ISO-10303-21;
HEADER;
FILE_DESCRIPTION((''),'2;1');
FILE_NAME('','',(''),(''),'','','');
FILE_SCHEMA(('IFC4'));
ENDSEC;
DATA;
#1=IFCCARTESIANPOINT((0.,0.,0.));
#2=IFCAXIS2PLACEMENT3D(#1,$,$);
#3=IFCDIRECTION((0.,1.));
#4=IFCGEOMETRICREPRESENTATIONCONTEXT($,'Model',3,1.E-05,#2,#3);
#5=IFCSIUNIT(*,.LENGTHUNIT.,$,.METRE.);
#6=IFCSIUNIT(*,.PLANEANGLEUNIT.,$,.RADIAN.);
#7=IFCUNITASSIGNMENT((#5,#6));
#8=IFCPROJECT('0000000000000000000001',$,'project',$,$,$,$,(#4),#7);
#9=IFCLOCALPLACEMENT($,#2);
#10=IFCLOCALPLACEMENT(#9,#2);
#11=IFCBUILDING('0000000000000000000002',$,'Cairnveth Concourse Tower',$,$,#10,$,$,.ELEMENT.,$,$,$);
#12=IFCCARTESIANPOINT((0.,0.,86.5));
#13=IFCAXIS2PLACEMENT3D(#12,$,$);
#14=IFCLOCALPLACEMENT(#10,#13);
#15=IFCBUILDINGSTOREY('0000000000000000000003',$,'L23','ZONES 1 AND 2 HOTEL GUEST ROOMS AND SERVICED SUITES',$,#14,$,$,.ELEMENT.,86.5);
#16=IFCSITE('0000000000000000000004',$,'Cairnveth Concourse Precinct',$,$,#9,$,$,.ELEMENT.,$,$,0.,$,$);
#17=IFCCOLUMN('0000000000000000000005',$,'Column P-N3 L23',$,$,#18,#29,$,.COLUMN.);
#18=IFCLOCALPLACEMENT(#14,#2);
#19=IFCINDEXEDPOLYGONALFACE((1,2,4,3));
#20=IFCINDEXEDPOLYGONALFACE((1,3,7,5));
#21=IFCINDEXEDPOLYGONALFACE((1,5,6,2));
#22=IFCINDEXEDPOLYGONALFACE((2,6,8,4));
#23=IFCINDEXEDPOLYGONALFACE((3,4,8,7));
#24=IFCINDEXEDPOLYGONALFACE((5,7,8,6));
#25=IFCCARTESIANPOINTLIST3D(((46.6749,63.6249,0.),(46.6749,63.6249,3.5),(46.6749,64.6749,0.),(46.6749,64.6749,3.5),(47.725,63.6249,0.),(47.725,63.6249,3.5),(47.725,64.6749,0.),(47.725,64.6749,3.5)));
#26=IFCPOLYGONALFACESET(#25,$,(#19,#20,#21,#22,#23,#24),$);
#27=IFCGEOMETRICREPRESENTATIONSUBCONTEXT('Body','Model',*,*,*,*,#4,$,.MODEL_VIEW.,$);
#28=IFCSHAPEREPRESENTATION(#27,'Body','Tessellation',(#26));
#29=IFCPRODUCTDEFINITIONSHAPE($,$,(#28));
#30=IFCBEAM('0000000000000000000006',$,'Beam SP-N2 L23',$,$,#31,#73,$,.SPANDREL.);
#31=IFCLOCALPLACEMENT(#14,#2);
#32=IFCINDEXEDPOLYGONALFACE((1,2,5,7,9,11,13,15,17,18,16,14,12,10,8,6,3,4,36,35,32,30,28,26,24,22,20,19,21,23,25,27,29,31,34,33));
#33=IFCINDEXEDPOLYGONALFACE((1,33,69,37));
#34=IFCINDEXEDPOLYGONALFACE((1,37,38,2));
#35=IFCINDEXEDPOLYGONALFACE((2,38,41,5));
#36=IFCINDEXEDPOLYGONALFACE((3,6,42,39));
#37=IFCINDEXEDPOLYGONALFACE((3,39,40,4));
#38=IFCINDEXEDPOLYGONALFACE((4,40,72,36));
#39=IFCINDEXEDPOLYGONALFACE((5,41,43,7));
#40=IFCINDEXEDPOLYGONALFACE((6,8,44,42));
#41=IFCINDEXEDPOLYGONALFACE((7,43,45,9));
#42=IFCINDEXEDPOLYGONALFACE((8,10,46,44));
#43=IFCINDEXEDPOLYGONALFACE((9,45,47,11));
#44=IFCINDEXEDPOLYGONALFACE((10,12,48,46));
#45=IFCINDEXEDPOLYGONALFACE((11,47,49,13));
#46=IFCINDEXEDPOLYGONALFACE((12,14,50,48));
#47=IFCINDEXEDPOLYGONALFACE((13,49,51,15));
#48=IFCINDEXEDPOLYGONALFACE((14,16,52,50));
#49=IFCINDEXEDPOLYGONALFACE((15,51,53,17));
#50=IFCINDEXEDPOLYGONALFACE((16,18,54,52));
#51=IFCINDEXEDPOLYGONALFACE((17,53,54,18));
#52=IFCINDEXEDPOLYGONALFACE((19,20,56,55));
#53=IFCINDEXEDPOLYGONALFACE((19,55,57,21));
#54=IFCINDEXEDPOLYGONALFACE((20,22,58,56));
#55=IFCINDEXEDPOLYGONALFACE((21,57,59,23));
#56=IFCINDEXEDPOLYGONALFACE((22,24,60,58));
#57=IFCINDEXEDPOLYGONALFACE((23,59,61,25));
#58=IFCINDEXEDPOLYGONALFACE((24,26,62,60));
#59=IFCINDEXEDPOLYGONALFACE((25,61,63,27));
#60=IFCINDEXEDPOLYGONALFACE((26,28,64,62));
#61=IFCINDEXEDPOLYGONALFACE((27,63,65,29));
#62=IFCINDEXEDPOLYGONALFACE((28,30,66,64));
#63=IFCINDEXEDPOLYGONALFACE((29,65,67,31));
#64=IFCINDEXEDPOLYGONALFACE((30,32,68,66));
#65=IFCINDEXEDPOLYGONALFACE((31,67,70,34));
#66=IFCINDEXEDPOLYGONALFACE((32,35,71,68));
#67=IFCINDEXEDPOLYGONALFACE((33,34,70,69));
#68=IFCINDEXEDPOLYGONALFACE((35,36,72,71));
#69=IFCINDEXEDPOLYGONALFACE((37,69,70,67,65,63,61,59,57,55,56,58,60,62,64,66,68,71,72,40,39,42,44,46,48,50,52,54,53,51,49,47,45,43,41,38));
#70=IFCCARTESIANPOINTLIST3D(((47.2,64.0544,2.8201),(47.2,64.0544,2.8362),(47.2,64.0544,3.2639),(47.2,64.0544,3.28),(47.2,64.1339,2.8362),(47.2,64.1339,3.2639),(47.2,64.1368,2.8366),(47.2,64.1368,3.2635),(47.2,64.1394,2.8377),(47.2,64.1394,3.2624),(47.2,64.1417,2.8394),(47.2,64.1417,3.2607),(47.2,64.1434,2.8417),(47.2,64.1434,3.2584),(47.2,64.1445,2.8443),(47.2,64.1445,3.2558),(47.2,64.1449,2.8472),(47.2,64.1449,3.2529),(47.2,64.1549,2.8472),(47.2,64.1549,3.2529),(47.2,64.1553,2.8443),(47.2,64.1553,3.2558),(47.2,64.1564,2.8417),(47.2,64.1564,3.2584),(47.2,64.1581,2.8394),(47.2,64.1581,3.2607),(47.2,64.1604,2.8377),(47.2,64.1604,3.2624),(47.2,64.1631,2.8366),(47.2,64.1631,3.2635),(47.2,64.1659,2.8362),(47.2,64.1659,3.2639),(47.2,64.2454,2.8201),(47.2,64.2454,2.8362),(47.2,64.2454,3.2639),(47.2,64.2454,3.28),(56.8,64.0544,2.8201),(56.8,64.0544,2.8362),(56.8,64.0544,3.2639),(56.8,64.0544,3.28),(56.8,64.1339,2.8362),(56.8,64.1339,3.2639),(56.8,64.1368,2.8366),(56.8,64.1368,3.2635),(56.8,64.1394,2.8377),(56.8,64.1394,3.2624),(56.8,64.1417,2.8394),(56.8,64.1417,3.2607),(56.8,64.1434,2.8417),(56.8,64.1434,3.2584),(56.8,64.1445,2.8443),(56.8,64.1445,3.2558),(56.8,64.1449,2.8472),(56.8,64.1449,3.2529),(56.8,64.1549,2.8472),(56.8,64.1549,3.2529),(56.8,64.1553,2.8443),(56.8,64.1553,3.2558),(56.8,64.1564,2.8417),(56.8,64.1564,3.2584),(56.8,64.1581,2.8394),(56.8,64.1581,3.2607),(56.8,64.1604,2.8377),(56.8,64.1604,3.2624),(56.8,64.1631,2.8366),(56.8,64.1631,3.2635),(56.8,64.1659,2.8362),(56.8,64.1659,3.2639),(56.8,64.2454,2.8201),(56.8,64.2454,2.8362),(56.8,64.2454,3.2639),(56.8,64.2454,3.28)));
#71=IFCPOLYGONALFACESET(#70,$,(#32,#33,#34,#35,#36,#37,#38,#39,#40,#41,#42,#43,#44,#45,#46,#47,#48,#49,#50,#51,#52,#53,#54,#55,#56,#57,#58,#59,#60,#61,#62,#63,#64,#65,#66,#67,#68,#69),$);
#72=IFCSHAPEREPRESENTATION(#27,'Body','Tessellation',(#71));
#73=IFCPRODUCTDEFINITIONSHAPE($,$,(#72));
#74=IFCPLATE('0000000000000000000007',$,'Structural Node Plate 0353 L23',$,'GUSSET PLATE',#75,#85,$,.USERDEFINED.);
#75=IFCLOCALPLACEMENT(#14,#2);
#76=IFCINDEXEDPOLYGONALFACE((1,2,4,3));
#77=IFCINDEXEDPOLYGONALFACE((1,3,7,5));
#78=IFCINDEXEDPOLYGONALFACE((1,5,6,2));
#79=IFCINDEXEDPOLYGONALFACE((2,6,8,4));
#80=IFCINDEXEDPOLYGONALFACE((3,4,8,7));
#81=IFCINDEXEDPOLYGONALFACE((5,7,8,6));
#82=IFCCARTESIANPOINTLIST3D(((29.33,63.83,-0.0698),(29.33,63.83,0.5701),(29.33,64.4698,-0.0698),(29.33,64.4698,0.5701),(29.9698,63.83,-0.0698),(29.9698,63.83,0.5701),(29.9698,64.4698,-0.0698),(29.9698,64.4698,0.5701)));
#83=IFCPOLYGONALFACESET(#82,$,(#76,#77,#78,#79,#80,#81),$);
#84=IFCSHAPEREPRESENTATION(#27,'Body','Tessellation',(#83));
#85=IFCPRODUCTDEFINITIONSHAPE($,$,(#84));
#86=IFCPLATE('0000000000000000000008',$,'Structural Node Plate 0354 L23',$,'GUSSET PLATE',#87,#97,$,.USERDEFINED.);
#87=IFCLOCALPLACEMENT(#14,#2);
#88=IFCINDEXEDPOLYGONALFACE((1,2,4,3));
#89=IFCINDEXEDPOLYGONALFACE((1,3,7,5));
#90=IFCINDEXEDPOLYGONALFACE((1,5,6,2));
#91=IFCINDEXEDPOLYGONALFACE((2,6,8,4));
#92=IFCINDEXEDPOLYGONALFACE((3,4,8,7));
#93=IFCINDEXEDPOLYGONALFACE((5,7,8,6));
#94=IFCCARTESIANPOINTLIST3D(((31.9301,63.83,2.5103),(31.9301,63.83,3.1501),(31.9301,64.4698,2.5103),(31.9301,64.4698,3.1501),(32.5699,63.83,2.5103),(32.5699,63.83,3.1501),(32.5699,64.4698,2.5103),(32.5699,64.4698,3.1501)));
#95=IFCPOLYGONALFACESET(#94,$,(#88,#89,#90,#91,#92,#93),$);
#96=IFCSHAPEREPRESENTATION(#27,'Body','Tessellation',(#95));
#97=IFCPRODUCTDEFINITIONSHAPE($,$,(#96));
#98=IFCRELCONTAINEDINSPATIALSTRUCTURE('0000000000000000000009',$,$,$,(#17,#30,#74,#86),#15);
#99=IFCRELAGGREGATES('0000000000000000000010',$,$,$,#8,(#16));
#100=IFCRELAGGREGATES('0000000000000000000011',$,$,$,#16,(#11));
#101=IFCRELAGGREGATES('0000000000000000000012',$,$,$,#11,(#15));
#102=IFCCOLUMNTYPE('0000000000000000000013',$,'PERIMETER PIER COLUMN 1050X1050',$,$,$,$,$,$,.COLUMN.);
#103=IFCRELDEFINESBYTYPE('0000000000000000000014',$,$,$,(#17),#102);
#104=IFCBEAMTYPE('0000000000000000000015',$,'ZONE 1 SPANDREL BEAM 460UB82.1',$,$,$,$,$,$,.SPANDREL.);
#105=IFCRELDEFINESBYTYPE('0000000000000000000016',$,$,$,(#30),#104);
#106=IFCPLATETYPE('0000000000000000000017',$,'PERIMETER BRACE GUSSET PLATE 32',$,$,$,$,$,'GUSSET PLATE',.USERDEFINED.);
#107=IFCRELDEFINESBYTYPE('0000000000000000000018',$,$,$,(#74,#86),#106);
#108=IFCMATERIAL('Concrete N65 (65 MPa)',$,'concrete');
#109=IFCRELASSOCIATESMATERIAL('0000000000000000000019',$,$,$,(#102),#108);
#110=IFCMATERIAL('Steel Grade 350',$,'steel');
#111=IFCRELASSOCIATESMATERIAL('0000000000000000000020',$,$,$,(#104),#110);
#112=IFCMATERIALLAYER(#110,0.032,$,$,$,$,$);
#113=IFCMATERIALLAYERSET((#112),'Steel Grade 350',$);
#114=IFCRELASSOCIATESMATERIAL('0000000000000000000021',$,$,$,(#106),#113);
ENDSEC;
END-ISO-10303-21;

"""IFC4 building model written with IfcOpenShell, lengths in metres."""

from ifc_helpers import new_model, si_unit, direction, frame, origin, origin_2d, place, context, subcontext, project, spatial, rectangle, i_section, extrude, material, layer, layer_set, material_profile, profile_set, type_object, element, save


model = new_model("IFC4")

# Units and contexts
model_context = context("Model", 3, precision=1e-05, world=origin(), true_north=direction((0.0, 1.0)))
body_context = subcontext(model_context, "Body", "Model", "MODEL_VIEW")
ifc_project = project(units=[si_unit("LENGTHUNIT", "METRE"), si_unit("PLANEANGLEUNIT", "RADIAN")], contexts=[model_context])

# Site, building, storey
site_placement = place(None, origin())
site = spatial("IfcSite", under=ifc_project, at=site_placement, Name="Cairnveth Concourse Precinct", CompositionType="ELEMENT", RefElevation=0.0)
building_placement = place(site_placement, origin())
building = spatial("IfcBuilding", under=site, at=building_placement, Name="Cairnveth Concourse Tower", CompositionType="ELEMENT")
storey_placement = place(building_placement, frame((0.0, 0.0, 86.5)))
storey = spatial("IfcBuildingStorey", under=building, at=storey_placement, Name="L23", Description="ZONES 1 AND 2 HOTEL GUEST ROOMS AND SERVICED SUITES", CompositionType="ELEMENT", Elevation=86.5)

# Column
ifc_material_1 = material(Name="Concrete N65 (65 MPa)", Category="concrete")
ifc_material_profile_1 = material_profile(ifc_material_1, rectangle(XDim=1.05, YDim=1.05, at=origin_2d()), Name="RC-COL-1050x1050")
ifc_profile_set_1 = profile_set([ifc_material_profile_1], Name="Concrete N65 (65 MPa)")
column_type = type_object("IfcColumnType", Name="PERIMETER PIER COLUMN 1050X1050", PredefinedType="COLUMN", material=ifc_profile_set_1)
column_placement = place(storey_placement, frame((47.2, 64.1499, 0.0), z_axis=(0.0, 0.0, 1.0), x_axis=(1.0, 0.0, 0.0)))
element("IfcColumn", 1, at=column_placement, inside=storey, type_object=column_type, Name="Column P-N3 L23", PredefinedType="COLUMN", context=body_context, shape_type="SweptSolid", body=[
    extrude(rectangle(XDim=1.05, YDim=1.05, at=origin_2d()), origin(), (0.0, 0.0, 1.0), 3.5),
])

# Beam
ifc_material_2 = material(Name="Steel Grade 350", Category="steel")
ifc_material_profile_2 = material_profile(ifc_material_2, i_section(OverallWidth=0.1909, OverallDepth=0.46, WebThickness=0.01, FlangeThickness=0.0161, FilletRadius=0.011, at=origin_2d()), Name="460UB82.1")
ifc_profile_set_2 = profile_set([ifc_material_profile_2], Name="Steel Grade 350")
beam_type = type_object("IfcBeamType", Name="ZONE 1 SPANDREL BEAM 460UB82.1", PredefinedType="SPANDREL", material=ifc_profile_set_2)
beam_placement = place(storey_placement, frame((47.2, 64.1499, 3.05), z_axis=(1.0, 0.0, 0.0), x_axis=(0.0, 1.0, 0.0)))
element("IfcBeam", 2, at=beam_placement, inside=storey, type_object=beam_type, Name="Beam SP-N2 L23", PredefinedType="SPANDREL", context=body_context, shape_type="SweptSolid", body=[
    extrude(i_section(OverallWidth=0.1909, OverallDepth=0.46, WebThickness=0.01, FlangeThickness=0.0161, FilletRadius=0.011, at=origin_2d()), origin(), (0.0, 0.0, 1.0), 9.6001),
])

# Plates
ifc_layer_1 = layer(ifc_material_2, 0.032)
ifc_layer_set_1 = layer_set([ifc_layer_1], Name="Steel Grade 350")
plate_type = type_object("IfcPlateType", Name="PERIMETER BRACE GUSSET PLATE 32", ElementType="GUSSET PLATE", PredefinedType="USERDEFINED", material=ifc_layer_set_1)
for number, where, z_axis, x_axis, name in (
    (3, (29.6499, 64.1499, -0.0698), (0.0, 0.0, 1.0), (1.0, 0.0, 0.0), "Structural Node Plate 0353 L23"),
    (4, (32.25, 64.1499, 2.5103), (0.0, 0.0, 1.0), (1.0, 0.0, 0.0), "Structural Node Plate 0354 L23"),
):
    element("IfcPlate", number, at=place(storey_placement, frame(where, z_axis=z_axis, x_axis=x_axis)), inside=storey, type_object=plate_type, Name=name, ObjectType="GUSSET PLATE", PredefinedType="USERDEFINED", context=body_context, shape_type="SweptSolid", body=[
        extrude(rectangle(XDim=0.6399, YDim=0.6399, at=origin_2d()), origin(), (0.0, 0.0, 1.0), 0.6399),
    ])

save(model, "model.ifc")
